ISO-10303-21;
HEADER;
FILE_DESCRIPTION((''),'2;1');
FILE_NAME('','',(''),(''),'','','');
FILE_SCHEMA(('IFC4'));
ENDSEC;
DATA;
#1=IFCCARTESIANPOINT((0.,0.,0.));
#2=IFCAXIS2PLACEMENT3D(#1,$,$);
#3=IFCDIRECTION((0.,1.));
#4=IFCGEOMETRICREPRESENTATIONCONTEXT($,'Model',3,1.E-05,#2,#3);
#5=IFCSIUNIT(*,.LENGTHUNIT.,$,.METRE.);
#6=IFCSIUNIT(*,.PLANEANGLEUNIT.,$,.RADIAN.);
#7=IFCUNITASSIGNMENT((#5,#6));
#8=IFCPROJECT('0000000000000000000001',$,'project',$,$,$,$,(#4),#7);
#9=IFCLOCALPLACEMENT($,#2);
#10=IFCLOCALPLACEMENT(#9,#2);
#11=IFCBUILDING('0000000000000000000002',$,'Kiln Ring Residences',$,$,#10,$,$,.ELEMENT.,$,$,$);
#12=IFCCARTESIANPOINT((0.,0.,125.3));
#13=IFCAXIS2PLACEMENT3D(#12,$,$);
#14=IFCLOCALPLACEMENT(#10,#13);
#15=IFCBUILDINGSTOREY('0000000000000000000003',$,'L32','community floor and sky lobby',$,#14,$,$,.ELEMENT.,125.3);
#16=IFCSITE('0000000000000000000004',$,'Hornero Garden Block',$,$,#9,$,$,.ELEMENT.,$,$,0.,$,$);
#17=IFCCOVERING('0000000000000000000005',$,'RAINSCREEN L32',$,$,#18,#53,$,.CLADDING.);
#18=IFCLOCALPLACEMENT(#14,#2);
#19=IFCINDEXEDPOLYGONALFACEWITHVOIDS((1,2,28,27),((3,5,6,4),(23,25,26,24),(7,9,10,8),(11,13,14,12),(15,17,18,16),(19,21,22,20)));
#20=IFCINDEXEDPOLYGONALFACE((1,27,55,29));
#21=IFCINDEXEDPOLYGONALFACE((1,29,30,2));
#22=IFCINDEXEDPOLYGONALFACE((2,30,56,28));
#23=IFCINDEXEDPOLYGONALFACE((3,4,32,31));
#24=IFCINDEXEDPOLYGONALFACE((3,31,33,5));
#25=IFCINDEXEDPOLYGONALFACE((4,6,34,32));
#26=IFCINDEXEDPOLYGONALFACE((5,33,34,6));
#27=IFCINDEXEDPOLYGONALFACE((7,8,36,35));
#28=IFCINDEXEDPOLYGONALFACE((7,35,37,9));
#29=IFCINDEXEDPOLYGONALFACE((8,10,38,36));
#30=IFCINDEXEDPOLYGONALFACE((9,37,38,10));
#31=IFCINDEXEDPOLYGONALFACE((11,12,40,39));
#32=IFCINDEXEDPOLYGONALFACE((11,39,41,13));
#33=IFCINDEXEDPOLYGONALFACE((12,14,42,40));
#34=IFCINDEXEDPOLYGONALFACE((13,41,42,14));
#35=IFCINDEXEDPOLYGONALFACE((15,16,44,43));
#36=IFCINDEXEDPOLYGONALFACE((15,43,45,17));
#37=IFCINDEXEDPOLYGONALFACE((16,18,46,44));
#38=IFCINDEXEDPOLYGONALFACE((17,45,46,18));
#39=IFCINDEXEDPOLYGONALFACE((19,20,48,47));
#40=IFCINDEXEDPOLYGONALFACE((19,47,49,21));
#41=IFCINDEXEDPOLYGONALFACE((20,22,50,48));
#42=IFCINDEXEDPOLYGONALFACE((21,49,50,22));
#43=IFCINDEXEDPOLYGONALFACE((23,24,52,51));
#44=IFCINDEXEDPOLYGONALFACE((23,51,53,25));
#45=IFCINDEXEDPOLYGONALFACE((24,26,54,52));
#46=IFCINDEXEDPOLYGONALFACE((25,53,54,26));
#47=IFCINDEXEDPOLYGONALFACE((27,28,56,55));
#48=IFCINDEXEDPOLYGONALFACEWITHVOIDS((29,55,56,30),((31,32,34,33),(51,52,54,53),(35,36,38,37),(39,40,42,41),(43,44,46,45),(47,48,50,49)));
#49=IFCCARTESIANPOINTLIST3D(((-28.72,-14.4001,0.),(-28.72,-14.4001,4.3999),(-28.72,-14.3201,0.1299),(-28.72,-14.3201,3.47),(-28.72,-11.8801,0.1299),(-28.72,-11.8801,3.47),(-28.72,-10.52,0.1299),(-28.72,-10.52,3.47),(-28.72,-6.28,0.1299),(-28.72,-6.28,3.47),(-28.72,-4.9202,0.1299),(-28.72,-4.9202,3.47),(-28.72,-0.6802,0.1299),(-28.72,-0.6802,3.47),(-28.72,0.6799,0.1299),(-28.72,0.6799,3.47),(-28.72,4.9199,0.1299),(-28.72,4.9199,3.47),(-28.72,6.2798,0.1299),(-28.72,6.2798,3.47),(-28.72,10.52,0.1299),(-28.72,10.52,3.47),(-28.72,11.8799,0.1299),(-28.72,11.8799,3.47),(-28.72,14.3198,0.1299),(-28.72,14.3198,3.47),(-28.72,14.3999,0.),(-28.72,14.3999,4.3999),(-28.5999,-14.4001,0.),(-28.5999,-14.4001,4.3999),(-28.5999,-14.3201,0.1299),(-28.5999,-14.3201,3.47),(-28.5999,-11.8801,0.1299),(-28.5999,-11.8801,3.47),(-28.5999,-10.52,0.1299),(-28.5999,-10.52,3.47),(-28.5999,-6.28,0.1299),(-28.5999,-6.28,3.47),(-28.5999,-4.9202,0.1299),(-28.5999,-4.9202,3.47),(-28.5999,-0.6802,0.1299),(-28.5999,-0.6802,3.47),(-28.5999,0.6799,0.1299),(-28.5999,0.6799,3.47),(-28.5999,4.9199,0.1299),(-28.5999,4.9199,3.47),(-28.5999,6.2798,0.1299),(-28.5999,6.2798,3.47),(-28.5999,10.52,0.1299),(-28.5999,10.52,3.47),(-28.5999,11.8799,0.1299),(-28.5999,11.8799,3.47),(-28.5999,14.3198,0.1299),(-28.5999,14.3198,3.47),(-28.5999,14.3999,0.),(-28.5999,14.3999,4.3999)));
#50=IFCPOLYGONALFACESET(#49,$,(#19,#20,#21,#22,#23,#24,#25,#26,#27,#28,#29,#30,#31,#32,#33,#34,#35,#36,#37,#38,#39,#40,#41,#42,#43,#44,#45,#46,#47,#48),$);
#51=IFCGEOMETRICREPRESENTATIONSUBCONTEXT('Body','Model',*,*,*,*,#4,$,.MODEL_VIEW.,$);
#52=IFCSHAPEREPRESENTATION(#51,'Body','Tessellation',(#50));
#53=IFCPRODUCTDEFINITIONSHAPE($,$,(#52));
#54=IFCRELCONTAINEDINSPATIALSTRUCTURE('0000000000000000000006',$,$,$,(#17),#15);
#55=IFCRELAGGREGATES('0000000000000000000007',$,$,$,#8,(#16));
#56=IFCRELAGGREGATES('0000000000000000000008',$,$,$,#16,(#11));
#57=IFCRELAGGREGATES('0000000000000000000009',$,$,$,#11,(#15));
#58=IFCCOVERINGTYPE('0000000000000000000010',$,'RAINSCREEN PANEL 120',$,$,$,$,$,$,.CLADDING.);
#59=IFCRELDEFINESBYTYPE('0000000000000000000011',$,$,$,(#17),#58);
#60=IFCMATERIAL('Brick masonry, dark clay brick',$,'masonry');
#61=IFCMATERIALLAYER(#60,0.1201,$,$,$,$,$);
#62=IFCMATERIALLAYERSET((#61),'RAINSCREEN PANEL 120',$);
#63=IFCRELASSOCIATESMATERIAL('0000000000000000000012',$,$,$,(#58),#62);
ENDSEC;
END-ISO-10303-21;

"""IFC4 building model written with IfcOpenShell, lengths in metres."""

from ifc_helpers import new_model, si_unit, direction, frame, origin, place, context, subcontext, project, spatial, polyline, outline, extrude, material, layer, layer_set, type_object, element, save


model = new_model("IFC4")

# Units and contexts
model_context = context("Model", 3, precision=1e-05, world=origin(), true_north=direction((0.0, 1.0)))
body_context = subcontext(model_context, "Body", "Model", "MODEL_VIEW")
ifc_project = project(units=[si_unit("LENGTHUNIT", "METRE"), si_unit("PLANEANGLEUNIT", "RADIAN")], contexts=[model_context])

# Site, building, storey
site_placement = place(None, origin())
site = spatial("IfcSite", under=ifc_project, at=site_placement, Name="Hornero Garden Block", CompositionType="ELEMENT", RefElevation=0.0)
building_placement = place(site_placement, origin())
building = spatial("IfcBuilding", under=site, at=building_placement, Name="Kiln Ring Residences", CompositionType="ELEMENT")
storey_placement = place(building_placement, frame((0.0, 0.0, 125.3)))
storey = spatial("IfcBuildingStorey", under=building, at=storey_placement, Name="L32", Description="community floor and sky lobby", CompositionType="ELEMENT", Elevation=125.3)

# Covering
ifc_material_1 = material(Name="Brick masonry, dark clay brick", Category="masonry")
ifc_layer_1 = layer(ifc_material_1, 0.1201)
ifc_layer_set_1 = layer_set([ifc_layer_1], Name="RAINSCREEN PANEL 120")
covering_type = type_object("IfcCoveringType", Name="RAINSCREEN PANEL 120", PredefinedType="CLADDING", material=ifc_layer_set_1)
covering_1_placement = place(storey_placement, frame((-28.6599, 14.3999, 0.0), z_axis=(0.0, 0.0, 1.0), x_axis=(0.0, -1.0, 0.0)))
element("IfcCovering", 1, at=covering_1_placement, inside=storey, type_object=covering_type, Name="RAINSCREEN L32", PredefinedType="CLADDING", context=body_context, shape_type="SweptSolid", body=[
    extrude(outline(polyline([(0.0, 0.0), (28.8, 0.0), (28.8, 4.3999), (0.0, 4.3999), (0.0, 0.0)]), holes=[polyline([(2.52, 0.1299), (2.52, 3.47), (0.0801, 3.47), (0.0801, 0.1299), (2.52, 0.1299)]), polyline([(3.8799, 0.1299), (8.1201, 0.1299), (8.1201, 3.47), (3.8799, 3.47), (3.8799, 0.1299)]), polyline([(9.48, 0.1299), (13.72, 0.1299), (13.72, 3.47), (9.48, 3.47), (9.48, 0.1299)]), polyline([(19.3201, 0.1299), (19.3201, 3.47), (15.0801, 3.47), (15.0801, 0.1299), (19.3201, 0.1299)]), polyline([(20.6799, 0.1299), (24.9199, 0.1299), (24.9199, 3.47), (20.6799, 3.47), (20.6799, 0.1299)]), polyline([(26.28, 0.1299), (28.72, 0.1299), (28.72, 3.47), (26.28, 3.47), (26.28, 0.1299)])]), frame((0.0, 0.0601, 0.0), z_axis=(0.0, -1.0, 0.0), x_axis=(1.0, 0.0, 0.0)), (0.0, 0.0, 1.0), 0.1201),
])

save(model, "model.ifc")
